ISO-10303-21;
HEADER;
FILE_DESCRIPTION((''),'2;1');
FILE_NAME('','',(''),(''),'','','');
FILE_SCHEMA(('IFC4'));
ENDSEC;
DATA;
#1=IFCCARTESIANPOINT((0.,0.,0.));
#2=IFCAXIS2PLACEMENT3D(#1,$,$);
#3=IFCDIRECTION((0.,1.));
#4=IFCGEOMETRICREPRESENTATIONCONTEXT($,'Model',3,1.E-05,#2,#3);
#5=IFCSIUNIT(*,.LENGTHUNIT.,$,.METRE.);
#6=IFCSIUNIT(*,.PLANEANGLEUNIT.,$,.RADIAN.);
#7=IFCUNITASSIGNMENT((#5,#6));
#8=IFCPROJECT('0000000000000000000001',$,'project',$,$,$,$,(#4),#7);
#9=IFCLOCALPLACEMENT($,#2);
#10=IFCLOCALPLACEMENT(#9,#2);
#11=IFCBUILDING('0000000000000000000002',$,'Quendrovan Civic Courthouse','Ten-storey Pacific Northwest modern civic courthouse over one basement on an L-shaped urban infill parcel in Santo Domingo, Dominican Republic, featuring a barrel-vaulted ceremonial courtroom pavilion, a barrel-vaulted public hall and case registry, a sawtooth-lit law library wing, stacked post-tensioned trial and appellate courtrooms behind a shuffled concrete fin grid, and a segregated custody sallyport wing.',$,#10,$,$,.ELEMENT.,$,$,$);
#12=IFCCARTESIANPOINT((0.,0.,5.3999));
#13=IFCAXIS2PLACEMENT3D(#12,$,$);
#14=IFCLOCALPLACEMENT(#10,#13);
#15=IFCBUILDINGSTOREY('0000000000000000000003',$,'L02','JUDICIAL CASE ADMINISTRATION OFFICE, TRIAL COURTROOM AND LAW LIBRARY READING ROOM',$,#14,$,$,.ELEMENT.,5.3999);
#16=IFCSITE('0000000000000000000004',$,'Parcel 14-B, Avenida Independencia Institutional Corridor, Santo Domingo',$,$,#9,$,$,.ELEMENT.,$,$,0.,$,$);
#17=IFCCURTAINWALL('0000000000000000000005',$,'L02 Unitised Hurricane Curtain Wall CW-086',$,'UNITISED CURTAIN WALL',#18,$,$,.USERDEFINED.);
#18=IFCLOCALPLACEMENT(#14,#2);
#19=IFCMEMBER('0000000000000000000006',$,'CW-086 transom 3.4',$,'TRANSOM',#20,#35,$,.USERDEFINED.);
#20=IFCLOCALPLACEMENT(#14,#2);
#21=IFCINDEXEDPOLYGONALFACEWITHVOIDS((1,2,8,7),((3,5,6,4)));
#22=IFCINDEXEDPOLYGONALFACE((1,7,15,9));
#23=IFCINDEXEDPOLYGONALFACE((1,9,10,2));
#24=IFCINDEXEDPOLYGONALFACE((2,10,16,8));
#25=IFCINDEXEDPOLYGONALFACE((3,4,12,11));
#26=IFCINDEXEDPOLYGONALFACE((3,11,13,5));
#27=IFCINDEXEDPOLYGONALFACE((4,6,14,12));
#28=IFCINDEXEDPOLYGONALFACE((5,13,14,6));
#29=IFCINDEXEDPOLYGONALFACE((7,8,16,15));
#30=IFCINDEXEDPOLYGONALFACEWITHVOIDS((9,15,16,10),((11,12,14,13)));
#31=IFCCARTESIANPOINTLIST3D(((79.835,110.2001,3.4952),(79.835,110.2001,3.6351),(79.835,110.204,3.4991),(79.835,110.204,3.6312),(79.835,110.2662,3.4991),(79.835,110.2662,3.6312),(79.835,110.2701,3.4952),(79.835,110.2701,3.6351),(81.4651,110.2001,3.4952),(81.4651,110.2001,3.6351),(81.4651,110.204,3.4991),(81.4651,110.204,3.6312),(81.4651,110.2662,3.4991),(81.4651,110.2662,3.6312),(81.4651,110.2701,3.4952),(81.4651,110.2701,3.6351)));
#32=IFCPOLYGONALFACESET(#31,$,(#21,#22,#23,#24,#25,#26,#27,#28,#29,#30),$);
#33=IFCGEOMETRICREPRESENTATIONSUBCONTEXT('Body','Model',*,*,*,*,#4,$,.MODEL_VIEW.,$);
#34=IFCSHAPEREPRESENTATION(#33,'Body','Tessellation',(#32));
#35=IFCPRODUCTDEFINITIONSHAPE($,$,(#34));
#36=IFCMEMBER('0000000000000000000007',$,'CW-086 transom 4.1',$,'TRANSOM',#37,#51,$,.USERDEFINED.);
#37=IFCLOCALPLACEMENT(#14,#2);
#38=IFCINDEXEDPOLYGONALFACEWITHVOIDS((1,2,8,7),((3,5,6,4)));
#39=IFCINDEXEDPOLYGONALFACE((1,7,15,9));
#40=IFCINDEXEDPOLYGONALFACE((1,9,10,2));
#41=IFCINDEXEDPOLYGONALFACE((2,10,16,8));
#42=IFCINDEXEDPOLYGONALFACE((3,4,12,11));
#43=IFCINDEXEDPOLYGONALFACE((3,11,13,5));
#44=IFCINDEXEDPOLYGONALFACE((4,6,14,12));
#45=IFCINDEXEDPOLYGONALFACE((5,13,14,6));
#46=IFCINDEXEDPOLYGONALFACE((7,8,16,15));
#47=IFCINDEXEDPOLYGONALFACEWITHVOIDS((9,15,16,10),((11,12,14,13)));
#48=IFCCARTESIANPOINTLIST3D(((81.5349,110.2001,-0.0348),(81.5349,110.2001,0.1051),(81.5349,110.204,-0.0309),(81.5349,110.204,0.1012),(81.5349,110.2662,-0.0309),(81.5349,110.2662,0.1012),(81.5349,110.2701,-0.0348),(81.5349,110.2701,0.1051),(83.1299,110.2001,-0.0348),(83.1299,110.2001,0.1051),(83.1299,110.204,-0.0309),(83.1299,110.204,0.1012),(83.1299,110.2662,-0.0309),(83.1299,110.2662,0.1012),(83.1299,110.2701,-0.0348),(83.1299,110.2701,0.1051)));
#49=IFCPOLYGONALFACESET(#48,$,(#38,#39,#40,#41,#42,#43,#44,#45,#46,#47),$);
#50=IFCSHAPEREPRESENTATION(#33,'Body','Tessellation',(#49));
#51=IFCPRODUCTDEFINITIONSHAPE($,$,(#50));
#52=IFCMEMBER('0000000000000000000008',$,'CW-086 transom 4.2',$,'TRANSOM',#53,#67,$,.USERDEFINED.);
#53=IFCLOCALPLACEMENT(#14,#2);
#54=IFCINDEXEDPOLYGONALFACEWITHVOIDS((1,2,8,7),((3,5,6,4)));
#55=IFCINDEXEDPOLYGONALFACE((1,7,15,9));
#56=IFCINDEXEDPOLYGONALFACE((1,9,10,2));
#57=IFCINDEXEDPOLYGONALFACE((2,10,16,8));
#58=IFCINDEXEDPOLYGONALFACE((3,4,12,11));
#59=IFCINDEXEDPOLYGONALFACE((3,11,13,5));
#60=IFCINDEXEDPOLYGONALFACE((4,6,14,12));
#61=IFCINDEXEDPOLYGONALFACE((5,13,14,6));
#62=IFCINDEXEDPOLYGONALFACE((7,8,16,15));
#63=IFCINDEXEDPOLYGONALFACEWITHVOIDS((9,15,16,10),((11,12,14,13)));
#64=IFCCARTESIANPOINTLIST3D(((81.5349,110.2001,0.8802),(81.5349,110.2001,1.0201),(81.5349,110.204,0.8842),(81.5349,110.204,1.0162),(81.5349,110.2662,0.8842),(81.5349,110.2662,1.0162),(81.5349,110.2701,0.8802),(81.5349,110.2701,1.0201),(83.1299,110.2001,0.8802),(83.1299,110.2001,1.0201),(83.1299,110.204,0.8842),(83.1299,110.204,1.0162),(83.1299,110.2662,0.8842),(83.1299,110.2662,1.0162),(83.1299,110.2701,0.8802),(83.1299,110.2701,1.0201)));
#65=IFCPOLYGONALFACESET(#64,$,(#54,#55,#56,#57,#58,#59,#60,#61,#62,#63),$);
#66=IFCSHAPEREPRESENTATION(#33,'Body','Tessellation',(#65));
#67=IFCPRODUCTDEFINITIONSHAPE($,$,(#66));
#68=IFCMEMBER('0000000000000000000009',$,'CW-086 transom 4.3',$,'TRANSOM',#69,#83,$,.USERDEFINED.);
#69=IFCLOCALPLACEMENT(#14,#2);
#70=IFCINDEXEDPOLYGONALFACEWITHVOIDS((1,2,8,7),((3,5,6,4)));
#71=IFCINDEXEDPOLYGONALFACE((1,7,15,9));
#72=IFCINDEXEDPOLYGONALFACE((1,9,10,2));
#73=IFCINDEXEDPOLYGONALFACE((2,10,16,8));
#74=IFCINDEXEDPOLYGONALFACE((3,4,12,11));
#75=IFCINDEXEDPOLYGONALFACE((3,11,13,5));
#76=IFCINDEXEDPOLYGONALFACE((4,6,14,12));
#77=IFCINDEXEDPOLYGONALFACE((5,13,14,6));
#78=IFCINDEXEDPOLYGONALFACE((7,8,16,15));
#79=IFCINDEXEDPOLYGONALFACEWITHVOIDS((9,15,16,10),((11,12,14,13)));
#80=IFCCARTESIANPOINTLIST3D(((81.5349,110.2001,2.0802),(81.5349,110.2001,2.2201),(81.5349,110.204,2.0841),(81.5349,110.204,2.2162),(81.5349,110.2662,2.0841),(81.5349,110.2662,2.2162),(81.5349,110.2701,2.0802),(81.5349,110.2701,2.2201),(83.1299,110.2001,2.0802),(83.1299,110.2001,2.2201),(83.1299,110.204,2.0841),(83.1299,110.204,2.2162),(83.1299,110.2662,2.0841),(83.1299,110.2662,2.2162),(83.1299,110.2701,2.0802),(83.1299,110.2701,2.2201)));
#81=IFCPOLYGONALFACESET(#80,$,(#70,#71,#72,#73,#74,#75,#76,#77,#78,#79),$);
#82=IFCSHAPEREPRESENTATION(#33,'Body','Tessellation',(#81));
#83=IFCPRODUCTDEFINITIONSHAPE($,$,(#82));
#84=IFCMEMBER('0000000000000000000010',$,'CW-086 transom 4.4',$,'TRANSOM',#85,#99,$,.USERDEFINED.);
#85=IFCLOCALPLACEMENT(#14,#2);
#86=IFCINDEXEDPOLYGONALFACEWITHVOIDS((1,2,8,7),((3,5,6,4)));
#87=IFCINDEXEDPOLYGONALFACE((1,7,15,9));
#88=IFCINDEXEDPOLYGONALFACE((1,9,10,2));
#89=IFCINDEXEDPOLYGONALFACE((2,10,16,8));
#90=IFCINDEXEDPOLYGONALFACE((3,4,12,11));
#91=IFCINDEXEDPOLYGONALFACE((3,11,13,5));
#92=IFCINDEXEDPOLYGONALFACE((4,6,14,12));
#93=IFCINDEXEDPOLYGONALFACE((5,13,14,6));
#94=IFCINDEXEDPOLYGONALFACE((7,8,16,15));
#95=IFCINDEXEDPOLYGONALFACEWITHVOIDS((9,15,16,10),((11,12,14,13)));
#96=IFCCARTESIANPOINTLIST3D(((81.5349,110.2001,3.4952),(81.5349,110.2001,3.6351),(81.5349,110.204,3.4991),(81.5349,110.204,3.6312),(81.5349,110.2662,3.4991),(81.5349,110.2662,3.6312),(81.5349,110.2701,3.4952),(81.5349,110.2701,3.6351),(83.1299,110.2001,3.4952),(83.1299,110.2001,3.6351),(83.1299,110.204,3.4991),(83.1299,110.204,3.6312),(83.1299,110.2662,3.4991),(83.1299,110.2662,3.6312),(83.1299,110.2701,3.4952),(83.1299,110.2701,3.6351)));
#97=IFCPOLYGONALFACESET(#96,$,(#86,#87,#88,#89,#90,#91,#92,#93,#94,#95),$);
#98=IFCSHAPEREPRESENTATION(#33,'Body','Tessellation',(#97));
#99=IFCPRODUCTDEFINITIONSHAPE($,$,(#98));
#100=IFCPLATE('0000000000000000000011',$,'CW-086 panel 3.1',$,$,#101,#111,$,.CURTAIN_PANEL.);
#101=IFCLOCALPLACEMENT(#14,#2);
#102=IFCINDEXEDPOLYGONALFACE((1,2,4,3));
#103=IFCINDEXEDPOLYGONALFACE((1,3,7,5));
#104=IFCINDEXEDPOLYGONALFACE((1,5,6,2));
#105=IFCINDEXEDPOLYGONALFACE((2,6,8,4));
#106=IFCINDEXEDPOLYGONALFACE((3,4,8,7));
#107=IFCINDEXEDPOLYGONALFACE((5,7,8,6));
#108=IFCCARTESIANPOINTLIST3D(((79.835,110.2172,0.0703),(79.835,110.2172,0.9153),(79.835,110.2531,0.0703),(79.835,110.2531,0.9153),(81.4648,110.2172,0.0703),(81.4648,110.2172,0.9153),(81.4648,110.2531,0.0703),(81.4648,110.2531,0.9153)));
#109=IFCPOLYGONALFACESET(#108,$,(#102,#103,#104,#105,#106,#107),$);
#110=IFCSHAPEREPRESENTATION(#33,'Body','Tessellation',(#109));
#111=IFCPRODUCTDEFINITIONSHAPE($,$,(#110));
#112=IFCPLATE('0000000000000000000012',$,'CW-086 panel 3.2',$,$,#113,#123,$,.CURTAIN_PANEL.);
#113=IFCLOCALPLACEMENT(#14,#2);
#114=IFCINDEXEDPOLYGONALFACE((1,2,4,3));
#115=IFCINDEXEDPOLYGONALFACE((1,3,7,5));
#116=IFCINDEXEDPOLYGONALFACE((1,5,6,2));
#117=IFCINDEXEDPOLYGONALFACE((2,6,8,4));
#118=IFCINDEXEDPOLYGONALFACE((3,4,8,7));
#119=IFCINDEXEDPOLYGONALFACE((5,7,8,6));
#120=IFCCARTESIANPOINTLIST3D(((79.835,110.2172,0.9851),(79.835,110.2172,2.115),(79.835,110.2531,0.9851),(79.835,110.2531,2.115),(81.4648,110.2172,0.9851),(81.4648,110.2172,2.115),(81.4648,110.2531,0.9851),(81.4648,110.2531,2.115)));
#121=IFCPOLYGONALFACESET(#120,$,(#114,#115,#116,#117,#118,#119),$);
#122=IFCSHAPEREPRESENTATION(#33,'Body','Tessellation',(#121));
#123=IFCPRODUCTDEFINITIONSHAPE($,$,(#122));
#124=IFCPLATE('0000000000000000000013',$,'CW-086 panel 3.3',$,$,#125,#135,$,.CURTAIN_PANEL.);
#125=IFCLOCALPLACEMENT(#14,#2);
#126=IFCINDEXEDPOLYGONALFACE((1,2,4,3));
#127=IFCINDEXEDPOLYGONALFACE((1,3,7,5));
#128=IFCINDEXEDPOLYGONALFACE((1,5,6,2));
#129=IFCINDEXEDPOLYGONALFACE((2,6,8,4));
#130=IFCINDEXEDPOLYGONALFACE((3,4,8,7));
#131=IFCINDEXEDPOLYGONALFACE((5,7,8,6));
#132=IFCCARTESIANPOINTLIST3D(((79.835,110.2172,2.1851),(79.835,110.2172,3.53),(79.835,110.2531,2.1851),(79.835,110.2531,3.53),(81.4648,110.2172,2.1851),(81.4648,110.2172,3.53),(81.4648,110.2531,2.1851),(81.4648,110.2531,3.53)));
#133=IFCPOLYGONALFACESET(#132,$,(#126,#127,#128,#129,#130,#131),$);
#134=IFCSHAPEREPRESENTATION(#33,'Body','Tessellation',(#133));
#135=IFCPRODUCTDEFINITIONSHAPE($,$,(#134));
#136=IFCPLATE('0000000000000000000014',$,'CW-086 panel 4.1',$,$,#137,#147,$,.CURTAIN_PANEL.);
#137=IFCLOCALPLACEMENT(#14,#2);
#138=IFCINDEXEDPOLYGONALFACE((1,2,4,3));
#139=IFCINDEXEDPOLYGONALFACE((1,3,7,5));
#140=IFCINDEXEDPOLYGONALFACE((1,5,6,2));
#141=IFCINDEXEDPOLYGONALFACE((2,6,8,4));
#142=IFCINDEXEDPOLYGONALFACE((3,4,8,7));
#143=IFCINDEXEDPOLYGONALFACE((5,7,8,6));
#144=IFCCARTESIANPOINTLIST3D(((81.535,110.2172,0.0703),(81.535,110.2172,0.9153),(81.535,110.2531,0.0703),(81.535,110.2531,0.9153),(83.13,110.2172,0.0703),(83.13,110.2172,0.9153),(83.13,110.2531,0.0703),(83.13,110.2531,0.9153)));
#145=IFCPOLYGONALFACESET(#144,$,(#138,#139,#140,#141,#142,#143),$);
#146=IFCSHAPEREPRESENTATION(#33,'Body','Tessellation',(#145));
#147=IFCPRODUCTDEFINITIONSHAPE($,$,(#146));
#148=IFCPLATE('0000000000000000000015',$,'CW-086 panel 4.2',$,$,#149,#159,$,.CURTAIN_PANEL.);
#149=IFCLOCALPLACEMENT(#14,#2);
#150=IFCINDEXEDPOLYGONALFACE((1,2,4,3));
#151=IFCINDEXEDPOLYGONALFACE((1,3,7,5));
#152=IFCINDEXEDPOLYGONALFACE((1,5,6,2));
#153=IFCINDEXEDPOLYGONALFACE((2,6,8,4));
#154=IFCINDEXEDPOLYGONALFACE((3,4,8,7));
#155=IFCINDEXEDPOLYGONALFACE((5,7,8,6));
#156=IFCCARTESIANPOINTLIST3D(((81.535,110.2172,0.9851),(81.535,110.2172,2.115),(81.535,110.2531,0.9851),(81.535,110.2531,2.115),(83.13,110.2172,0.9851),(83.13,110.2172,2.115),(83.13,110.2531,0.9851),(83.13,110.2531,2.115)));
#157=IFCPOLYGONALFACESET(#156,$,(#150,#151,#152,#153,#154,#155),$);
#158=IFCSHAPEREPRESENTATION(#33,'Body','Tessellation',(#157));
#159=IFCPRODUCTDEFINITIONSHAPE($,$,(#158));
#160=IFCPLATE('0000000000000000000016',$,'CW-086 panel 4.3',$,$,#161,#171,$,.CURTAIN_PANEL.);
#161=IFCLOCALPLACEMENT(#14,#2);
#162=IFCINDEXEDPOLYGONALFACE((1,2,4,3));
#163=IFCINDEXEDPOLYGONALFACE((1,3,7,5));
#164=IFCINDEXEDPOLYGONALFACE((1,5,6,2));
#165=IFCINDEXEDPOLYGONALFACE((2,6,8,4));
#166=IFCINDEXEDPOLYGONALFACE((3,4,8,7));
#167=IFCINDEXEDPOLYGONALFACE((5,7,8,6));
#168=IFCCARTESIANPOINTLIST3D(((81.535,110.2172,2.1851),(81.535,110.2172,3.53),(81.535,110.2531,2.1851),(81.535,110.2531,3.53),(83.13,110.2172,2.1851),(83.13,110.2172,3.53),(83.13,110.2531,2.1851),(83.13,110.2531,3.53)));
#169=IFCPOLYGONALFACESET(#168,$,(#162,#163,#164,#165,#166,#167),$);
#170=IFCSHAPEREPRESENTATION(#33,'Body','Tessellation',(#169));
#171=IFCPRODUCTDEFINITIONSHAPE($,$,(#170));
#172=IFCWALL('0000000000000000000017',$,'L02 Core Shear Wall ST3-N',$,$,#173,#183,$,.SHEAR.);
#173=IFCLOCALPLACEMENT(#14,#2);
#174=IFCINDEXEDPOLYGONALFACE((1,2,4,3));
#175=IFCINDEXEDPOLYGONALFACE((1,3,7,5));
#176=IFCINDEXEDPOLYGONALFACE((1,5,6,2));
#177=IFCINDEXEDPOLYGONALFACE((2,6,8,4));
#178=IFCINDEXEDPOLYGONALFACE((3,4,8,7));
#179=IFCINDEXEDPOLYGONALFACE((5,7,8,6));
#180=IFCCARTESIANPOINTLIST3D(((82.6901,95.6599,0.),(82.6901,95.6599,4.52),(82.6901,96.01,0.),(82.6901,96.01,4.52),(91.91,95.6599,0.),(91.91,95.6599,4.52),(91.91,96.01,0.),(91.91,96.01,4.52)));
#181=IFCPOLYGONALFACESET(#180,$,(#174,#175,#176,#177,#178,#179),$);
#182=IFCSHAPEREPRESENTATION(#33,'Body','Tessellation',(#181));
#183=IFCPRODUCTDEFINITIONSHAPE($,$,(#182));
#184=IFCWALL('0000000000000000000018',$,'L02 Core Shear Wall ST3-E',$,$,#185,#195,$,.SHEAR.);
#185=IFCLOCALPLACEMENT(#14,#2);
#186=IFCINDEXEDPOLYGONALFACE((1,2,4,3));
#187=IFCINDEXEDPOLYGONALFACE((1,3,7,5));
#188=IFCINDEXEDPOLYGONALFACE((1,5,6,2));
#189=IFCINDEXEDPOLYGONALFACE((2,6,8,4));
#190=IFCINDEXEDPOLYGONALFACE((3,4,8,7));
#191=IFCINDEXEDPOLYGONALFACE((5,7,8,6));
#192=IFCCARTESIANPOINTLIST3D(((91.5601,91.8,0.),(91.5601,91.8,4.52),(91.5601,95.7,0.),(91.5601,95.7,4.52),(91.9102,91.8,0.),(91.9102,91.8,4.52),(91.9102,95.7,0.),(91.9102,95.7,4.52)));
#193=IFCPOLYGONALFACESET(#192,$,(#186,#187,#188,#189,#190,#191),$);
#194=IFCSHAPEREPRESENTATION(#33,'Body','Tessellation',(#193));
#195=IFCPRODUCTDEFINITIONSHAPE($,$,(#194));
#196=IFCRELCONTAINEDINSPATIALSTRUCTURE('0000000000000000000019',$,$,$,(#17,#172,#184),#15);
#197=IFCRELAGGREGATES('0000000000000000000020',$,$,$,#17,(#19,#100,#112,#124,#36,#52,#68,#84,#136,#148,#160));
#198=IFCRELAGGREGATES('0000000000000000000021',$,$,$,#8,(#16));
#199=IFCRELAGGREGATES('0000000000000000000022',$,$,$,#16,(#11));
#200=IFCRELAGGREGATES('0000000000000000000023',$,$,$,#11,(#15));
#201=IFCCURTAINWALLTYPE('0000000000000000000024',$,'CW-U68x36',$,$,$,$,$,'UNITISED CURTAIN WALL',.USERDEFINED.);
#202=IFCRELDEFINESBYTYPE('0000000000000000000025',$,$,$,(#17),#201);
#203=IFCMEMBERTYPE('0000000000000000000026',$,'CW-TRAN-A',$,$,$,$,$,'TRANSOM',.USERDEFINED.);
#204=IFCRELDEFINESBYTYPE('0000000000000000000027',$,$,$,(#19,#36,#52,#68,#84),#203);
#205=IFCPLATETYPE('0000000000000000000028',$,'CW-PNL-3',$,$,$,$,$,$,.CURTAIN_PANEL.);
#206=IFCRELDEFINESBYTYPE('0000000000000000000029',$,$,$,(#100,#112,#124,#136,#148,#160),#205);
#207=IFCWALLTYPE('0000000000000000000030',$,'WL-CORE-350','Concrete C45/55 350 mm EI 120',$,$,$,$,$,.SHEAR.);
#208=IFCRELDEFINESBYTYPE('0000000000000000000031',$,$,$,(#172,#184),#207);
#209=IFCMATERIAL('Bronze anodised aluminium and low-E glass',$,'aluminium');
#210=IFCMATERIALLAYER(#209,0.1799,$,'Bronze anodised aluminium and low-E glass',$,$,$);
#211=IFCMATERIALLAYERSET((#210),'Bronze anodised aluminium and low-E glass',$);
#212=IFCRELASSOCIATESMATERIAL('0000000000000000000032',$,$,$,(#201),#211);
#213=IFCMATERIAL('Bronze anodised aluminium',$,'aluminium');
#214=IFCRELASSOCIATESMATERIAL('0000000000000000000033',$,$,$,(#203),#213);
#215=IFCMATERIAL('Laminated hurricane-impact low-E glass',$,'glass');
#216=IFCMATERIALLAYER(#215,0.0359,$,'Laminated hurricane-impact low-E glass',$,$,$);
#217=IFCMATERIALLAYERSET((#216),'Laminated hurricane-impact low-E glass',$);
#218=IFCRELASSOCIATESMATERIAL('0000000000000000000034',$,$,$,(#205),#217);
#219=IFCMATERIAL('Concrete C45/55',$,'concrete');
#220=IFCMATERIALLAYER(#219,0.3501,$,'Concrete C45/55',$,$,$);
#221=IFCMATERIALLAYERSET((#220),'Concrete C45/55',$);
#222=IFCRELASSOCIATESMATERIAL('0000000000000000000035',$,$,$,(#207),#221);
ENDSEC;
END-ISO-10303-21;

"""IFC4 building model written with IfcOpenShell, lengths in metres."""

from ifc_helpers import new_model, si_unit, direction, frame, frame_2d, origin, origin_2d, place, context, subcontext, project, spatial, rectangle, hollow_rectangle, extrude, material, layer, layer_set, material_profile, profile_set, type_object, element, aggregate, save


model = new_model("IFC4")

# Units and contexts
model_context = context("Model", 3, precision=1e-05, world=origin(), true_north=direction((0.0, 1.0)))
body_context = subcontext(model_context, "Body", "Model", "MODEL_VIEW")
ifc_project = project(units=[si_unit("LENGTHUNIT", "METRE"), si_unit("PLANEANGLEUNIT", "RADIAN")], contexts=[model_context])

# Site, building, storey
site_placement = place(None, origin())
site = spatial("IfcSite", under=ifc_project, at=site_placement, Name="Parcel 14-B, Avenida Independencia Institutional Corridor, Santo Domingo", CompositionType="ELEMENT", RefElevation=0.0)
building_placement = place(site_placement, origin())
building = spatial("IfcBuilding", under=site, at=building_placement, Name="Quendrovan Civic Courthouse", Description="Ten-storey Pacific Northwest modern civic courthouse over one basement on an L-shaped urban infill parcel in Santo Domingo, Dominican Republic, featuring a barrel-vaulted ceremonial courtroom pavilion, a barrel-vaulted public hall and case registry, a sawtooth-lit law library wing, stacked post-tensioned trial and appellate courtrooms behind a shuffled concrete fin grid, and a segregated custody sallyport wing.", CompositionType="ELEMENT")
storey_placement = place(building_placement, frame((0.0, 0.0, 5.3999)))
storey = spatial("IfcBuildingStorey", under=building, at=storey_placement, Name="L02", Description="JUDICIAL CASE ADMINISTRATION OFFICE, TRIAL COURTROOM AND LAW LIBRARY READING ROOM", CompositionType="ELEMENT", Elevation=5.3999)

# Shared definitions
ifc_material_1 = material(Name="Concrete C45/55", Category="concrete")

# Curtain wall, members, plates
ifc_material_2 = material(Name="Bronze anodised aluminium and low-E glass", Category="aluminium")
ifc_layer_1 = layer(ifc_material_2, 0.1799, Name="Bronze anodised aluminium and low-E glass")
ifc_layer_set_1 = layer_set([ifc_layer_1], Name="Bronze anodised aluminium and low-E glass")
curtain_wall_type = type_object("IfcCurtainWallType", Name="CW-U68x36", ElementType="UNITISED CURTAIN WALL", PredefinedType="USERDEFINED", material=ifc_layer_set_1)
curtain_wall_placement = place(storey_placement, origin())
curtain_wall = element("IfcCurtainWall", 1, at=curtain_wall_placement, inside=storey, type_object=curtain_wall_type, Name="L02 Unitised Hurricane Curtain Wall CW-086", ObjectType="UNITISED CURTAIN WALL", PredefinedType="USERDEFINED")
ifc_material_3 = material(Name="Bronze anodised aluminium", Category="aluminium")
ifc_material_profile_1 = material_profile(ifc_material_3, hollow_rectangle(XDim=0.0701, YDim=0.1399, WallThickness=0.0039, at=origin_2d()), Name="CW-TRAN-70x140")
ifc_profile_set_1 = profile_set([ifc_material_profile_1], Name="Bronze anodised aluminium")
member_type_1 = type_object("IfcMemberType", Name="CW-TRAN-A", ElementType="TRANSOM", PredefinedType="USERDEFINED", material=ifc_profile_set_1)
member_1_placement = place(storey_placement, frame((79.835, 110.2351, 3.5652), z_axis=(1.0, 0.0, 0.0), x_axis=(0.0, 1.0, 0.0)))
member_1 = element("IfcMember", 2, at=member_1_placement, type_object=member_type_1, Name="CW-086 transom 3.4", ObjectType="TRANSOM", PredefinedType="USERDEFINED", context=body_context, shape_type="SweptSolid", body=[
    extrude(hollow_rectangle(XDim=0.0701, YDim=0.1399, WallThickness=0.0039, at=origin_2d()), origin(), (0.0, 0.0, 1.0), 1.6301),
])
member_2_placement = place(storey_placement, frame((81.5349, 110.2351, 0.0352), z_axis=(1.0, 0.0, 0.0), x_axis=(0.0, 1.0, 0.0)))
member_2 = element("IfcMember", 3, at=member_2_placement, type_object=member_type_1, Name="CW-086 transom 4.1", ObjectType="TRANSOM", PredefinedType="USERDEFINED", context=body_context, shape_type="SweptSolid", body=[
    extrude(hollow_rectangle(XDim=0.0701, YDim=0.1399, WallThickness=0.0039, at=origin_2d()), origin(), (0.0, 0.0, 1.0), 1.595),
])
member_3_placement = place(storey_placement, frame((81.5349, 110.2351, 0.9502), z_axis=(1.0, 0.0, 0.0), x_axis=(0.0, 1.0, 0.0)))
member_3 = element("IfcMember", 4, at=member_3_placement, type_object=member_type_1, Name="CW-086 transom 4.2", ObjectType="TRANSOM", PredefinedType="USERDEFINED", context=body_context, shape_type="SweptSolid", body=[
    extrude(hollow_rectangle(XDim=0.0701, YDim=0.1399, WallThickness=0.0039, at=origin_2d()), origin(), (0.0, 0.0, 1.0), 1.595),
])
member_4_placement = place(storey_placement, frame((81.5349, 110.2351, 2.1501), z_axis=(1.0, 0.0, 0.0), x_axis=(0.0, 1.0, 0.0)))
member_4 = element("IfcMember", 5, at=member_4_placement, type_object=member_type_1, Name="CW-086 transom 4.3", ObjectType="TRANSOM", PredefinedType="USERDEFINED", context=body_context, shape_type="SweptSolid", body=[
    extrude(hollow_rectangle(XDim=0.0701, YDim=0.1399, WallThickness=0.0039, at=origin_2d()), origin(), (0.0, 0.0, 1.0), 1.595),
])
member_5_placement = place(storey_placement, frame((81.5349, 110.2351, 3.5652), z_axis=(1.0, 0.0, 0.0), x_axis=(0.0, 1.0, 0.0)))
member_5 = element("IfcMember", 6, at=member_5_placement, type_object=member_type_1, Name="CW-086 transom 4.4", ObjectType="TRANSOM", PredefinedType="USERDEFINED", context=body_context, shape_type="SweptSolid", body=[
    extrude(hollow_rectangle(XDim=0.0701, YDim=0.1399, WallThickness=0.0039, at=origin_2d()), origin(), (0.0, 0.0, 1.0), 1.595),
])
ifc_material_4 = material(Name="Laminated hurricane-impact low-E glass", Category="glass")
ifc_layer_2 = layer(ifc_material_4, 0.0359, Name="Laminated hurricane-impact low-E glass")
ifc_layer_set_2 = layer_set([ifc_layer_2], Name="Laminated hurricane-impact low-E glass")
plate_type = type_object("IfcPlateType", Name="CW-PNL-3", PredefinedType="CURTAIN_PANEL", material=ifc_layer_set_2)
plate_1_placement = place(storey_placement, frame((80.6499, 110.2351, 0.0703), z_axis=(0.0, 0.0, 1.0), x_axis=(1.0, 0.0, 0.0)))
plate_1 = element("IfcPlate", 7, at=plate_1_placement, type_object=plate_type, Name="CW-086 panel 3.1", PredefinedType="CURTAIN_PANEL", context=body_context, shape_type="SweptSolid", body=[
    extrude(rectangle(XDim=1.6299, YDim=0.0359, at=origin_2d()), origin(), (0.0, 0.0, 1.0), 0.845),
])
plate_2_placement = place(storey_placement, frame((80.6499, 110.2351, 0.9851), z_axis=(0.0, 0.0, 1.0), x_axis=(1.0, 0.0, 0.0)))
plate_2 = element("IfcPlate", 8, at=plate_2_placement, type_object=plate_type, Name="CW-086 panel 3.2", PredefinedType="CURTAIN_PANEL", context=body_context, shape_type="SweptSolid", body=[
    extrude(rectangle(XDim=1.6299, YDim=0.0359, at=origin_2d()), origin(), (0.0, 0.0, 1.0), 1.1299),
])
plate_3_placement = place(storey_placement, frame((80.6499, 110.2351, 2.1851), z_axis=(0.0, 0.0, 1.0), x_axis=(1.0, 0.0, 0.0)))
plate_3 = element("IfcPlate", 9, at=plate_3_placement, type_object=plate_type, Name="CW-086 panel 3.3", PredefinedType="CURTAIN_PANEL", context=body_context, shape_type="SweptSolid", body=[
    extrude(rectangle(XDim=1.6299, YDim=0.0359, at=origin_2d()), origin(), (0.0, 0.0, 1.0), 1.345),
])
plate_4_placement = place(storey_placement, frame((82.3325, 110.2351, 0.0703), z_axis=(0.0, 0.0, 1.0), x_axis=(1.0, 0.0, 0.0)))
plate_4 = element("IfcPlate", 10, at=plate_4_placement, type_object=plate_type, Name="CW-086 panel 4.1", PredefinedType="CURTAIN_PANEL", context=body_context, shape_type="SweptSolid", body=[
    extrude(rectangle(XDim=1.595, YDim=0.0359, at=origin_2d()), origin(), (0.0, 0.0, 1.0), 0.845),
])
plate_5_placement = place(storey_placement, frame((82.3325, 110.2351, 0.9851), z_axis=(0.0, 0.0, 1.0), x_axis=(1.0, 0.0, 0.0)))
plate_5 = element("IfcPlate", 11, at=plate_5_placement, type_object=plate_type, Name="CW-086 panel 4.2", PredefinedType="CURTAIN_PANEL", context=body_context, shape_type="SweptSolid", body=[
    extrude(rectangle(XDim=1.595, YDim=0.0359, at=origin_2d()), origin(), (0.0, 0.0, 1.0), 1.1299),
])
plate_6_placement = place(storey_placement, frame((82.3325, 110.2351, 2.1851), z_axis=(0.0, 0.0, 1.0), x_axis=(1.0, 0.0, 0.0)))
plate_6 = element("IfcPlate", 12, at=plate_6_placement, type_object=plate_type, Name="CW-086 panel 4.3", PredefinedType="CURTAIN_PANEL", context=body_context, shape_type="SweptSolid", body=[
    extrude(rectangle(XDim=1.595, YDim=0.0359, at=origin_2d()), origin(), (0.0, 0.0, 1.0), 1.345),
])
aggregate(curtain_wall, [member_1, plate_1, plate_2, plate_3, member_2, member_3, member_4, member_5, plate_4, plate_5, plate_6])

# Walls
ifc_layer_3 = layer(ifc_material_1, 0.3501, Name="Concrete C45/55")
ifc_layer_set_3 = layer_set([ifc_layer_3], Name="Concrete C45/55")
wall_type_1 = type_object("IfcWallType", Name="WL-CORE-350", Description="Concrete C45/55 350 mm EI 120", PredefinedType="SHEAR", material=ifc_layer_set_3)
wall_1_placement = place(storey_placement, frame((91.9099, 95.835, 0.0), z_axis=(0.0, 0.0, 1.0), x_axis=(-1.0, 0.0, 0.0)))
element("IfcWall", 13, at=wall_1_placement, inside=storey, type_object=wall_type_1, Name="L02 Core Shear Wall ST3-N", PredefinedType="SHEAR", context=body_context, shape_type="SweptSolid", body=[
    extrude(rectangle(XDim=9.22, YDim=0.3501, at=frame_2d((4.6099, 0.0))), origin(), (0.0, 0.0, 1.0), 4.52),
])
wall_2_placement = place(storey_placement, frame((91.7351, 95.7, 0.0), z_axis=(0.0, 0.0, 1.0), x_axis=(0.0, -1.0, 0.0)))
element("IfcWall", 14, at=wall_2_placement, inside=storey, type_object=wall_type_1, Name="L02 Core Shear Wall ST3-E", PredefinedType="SHEAR", context=body_context, shape_type="SweptSolid", body=[
    extrude(rectangle(XDim=3.8999, YDim=0.3501, at=frame_2d((1.95, 0.0))), origin(), (0.0, 0.0, 1.0), 4.52),
])

save(model, "model.ifc")
